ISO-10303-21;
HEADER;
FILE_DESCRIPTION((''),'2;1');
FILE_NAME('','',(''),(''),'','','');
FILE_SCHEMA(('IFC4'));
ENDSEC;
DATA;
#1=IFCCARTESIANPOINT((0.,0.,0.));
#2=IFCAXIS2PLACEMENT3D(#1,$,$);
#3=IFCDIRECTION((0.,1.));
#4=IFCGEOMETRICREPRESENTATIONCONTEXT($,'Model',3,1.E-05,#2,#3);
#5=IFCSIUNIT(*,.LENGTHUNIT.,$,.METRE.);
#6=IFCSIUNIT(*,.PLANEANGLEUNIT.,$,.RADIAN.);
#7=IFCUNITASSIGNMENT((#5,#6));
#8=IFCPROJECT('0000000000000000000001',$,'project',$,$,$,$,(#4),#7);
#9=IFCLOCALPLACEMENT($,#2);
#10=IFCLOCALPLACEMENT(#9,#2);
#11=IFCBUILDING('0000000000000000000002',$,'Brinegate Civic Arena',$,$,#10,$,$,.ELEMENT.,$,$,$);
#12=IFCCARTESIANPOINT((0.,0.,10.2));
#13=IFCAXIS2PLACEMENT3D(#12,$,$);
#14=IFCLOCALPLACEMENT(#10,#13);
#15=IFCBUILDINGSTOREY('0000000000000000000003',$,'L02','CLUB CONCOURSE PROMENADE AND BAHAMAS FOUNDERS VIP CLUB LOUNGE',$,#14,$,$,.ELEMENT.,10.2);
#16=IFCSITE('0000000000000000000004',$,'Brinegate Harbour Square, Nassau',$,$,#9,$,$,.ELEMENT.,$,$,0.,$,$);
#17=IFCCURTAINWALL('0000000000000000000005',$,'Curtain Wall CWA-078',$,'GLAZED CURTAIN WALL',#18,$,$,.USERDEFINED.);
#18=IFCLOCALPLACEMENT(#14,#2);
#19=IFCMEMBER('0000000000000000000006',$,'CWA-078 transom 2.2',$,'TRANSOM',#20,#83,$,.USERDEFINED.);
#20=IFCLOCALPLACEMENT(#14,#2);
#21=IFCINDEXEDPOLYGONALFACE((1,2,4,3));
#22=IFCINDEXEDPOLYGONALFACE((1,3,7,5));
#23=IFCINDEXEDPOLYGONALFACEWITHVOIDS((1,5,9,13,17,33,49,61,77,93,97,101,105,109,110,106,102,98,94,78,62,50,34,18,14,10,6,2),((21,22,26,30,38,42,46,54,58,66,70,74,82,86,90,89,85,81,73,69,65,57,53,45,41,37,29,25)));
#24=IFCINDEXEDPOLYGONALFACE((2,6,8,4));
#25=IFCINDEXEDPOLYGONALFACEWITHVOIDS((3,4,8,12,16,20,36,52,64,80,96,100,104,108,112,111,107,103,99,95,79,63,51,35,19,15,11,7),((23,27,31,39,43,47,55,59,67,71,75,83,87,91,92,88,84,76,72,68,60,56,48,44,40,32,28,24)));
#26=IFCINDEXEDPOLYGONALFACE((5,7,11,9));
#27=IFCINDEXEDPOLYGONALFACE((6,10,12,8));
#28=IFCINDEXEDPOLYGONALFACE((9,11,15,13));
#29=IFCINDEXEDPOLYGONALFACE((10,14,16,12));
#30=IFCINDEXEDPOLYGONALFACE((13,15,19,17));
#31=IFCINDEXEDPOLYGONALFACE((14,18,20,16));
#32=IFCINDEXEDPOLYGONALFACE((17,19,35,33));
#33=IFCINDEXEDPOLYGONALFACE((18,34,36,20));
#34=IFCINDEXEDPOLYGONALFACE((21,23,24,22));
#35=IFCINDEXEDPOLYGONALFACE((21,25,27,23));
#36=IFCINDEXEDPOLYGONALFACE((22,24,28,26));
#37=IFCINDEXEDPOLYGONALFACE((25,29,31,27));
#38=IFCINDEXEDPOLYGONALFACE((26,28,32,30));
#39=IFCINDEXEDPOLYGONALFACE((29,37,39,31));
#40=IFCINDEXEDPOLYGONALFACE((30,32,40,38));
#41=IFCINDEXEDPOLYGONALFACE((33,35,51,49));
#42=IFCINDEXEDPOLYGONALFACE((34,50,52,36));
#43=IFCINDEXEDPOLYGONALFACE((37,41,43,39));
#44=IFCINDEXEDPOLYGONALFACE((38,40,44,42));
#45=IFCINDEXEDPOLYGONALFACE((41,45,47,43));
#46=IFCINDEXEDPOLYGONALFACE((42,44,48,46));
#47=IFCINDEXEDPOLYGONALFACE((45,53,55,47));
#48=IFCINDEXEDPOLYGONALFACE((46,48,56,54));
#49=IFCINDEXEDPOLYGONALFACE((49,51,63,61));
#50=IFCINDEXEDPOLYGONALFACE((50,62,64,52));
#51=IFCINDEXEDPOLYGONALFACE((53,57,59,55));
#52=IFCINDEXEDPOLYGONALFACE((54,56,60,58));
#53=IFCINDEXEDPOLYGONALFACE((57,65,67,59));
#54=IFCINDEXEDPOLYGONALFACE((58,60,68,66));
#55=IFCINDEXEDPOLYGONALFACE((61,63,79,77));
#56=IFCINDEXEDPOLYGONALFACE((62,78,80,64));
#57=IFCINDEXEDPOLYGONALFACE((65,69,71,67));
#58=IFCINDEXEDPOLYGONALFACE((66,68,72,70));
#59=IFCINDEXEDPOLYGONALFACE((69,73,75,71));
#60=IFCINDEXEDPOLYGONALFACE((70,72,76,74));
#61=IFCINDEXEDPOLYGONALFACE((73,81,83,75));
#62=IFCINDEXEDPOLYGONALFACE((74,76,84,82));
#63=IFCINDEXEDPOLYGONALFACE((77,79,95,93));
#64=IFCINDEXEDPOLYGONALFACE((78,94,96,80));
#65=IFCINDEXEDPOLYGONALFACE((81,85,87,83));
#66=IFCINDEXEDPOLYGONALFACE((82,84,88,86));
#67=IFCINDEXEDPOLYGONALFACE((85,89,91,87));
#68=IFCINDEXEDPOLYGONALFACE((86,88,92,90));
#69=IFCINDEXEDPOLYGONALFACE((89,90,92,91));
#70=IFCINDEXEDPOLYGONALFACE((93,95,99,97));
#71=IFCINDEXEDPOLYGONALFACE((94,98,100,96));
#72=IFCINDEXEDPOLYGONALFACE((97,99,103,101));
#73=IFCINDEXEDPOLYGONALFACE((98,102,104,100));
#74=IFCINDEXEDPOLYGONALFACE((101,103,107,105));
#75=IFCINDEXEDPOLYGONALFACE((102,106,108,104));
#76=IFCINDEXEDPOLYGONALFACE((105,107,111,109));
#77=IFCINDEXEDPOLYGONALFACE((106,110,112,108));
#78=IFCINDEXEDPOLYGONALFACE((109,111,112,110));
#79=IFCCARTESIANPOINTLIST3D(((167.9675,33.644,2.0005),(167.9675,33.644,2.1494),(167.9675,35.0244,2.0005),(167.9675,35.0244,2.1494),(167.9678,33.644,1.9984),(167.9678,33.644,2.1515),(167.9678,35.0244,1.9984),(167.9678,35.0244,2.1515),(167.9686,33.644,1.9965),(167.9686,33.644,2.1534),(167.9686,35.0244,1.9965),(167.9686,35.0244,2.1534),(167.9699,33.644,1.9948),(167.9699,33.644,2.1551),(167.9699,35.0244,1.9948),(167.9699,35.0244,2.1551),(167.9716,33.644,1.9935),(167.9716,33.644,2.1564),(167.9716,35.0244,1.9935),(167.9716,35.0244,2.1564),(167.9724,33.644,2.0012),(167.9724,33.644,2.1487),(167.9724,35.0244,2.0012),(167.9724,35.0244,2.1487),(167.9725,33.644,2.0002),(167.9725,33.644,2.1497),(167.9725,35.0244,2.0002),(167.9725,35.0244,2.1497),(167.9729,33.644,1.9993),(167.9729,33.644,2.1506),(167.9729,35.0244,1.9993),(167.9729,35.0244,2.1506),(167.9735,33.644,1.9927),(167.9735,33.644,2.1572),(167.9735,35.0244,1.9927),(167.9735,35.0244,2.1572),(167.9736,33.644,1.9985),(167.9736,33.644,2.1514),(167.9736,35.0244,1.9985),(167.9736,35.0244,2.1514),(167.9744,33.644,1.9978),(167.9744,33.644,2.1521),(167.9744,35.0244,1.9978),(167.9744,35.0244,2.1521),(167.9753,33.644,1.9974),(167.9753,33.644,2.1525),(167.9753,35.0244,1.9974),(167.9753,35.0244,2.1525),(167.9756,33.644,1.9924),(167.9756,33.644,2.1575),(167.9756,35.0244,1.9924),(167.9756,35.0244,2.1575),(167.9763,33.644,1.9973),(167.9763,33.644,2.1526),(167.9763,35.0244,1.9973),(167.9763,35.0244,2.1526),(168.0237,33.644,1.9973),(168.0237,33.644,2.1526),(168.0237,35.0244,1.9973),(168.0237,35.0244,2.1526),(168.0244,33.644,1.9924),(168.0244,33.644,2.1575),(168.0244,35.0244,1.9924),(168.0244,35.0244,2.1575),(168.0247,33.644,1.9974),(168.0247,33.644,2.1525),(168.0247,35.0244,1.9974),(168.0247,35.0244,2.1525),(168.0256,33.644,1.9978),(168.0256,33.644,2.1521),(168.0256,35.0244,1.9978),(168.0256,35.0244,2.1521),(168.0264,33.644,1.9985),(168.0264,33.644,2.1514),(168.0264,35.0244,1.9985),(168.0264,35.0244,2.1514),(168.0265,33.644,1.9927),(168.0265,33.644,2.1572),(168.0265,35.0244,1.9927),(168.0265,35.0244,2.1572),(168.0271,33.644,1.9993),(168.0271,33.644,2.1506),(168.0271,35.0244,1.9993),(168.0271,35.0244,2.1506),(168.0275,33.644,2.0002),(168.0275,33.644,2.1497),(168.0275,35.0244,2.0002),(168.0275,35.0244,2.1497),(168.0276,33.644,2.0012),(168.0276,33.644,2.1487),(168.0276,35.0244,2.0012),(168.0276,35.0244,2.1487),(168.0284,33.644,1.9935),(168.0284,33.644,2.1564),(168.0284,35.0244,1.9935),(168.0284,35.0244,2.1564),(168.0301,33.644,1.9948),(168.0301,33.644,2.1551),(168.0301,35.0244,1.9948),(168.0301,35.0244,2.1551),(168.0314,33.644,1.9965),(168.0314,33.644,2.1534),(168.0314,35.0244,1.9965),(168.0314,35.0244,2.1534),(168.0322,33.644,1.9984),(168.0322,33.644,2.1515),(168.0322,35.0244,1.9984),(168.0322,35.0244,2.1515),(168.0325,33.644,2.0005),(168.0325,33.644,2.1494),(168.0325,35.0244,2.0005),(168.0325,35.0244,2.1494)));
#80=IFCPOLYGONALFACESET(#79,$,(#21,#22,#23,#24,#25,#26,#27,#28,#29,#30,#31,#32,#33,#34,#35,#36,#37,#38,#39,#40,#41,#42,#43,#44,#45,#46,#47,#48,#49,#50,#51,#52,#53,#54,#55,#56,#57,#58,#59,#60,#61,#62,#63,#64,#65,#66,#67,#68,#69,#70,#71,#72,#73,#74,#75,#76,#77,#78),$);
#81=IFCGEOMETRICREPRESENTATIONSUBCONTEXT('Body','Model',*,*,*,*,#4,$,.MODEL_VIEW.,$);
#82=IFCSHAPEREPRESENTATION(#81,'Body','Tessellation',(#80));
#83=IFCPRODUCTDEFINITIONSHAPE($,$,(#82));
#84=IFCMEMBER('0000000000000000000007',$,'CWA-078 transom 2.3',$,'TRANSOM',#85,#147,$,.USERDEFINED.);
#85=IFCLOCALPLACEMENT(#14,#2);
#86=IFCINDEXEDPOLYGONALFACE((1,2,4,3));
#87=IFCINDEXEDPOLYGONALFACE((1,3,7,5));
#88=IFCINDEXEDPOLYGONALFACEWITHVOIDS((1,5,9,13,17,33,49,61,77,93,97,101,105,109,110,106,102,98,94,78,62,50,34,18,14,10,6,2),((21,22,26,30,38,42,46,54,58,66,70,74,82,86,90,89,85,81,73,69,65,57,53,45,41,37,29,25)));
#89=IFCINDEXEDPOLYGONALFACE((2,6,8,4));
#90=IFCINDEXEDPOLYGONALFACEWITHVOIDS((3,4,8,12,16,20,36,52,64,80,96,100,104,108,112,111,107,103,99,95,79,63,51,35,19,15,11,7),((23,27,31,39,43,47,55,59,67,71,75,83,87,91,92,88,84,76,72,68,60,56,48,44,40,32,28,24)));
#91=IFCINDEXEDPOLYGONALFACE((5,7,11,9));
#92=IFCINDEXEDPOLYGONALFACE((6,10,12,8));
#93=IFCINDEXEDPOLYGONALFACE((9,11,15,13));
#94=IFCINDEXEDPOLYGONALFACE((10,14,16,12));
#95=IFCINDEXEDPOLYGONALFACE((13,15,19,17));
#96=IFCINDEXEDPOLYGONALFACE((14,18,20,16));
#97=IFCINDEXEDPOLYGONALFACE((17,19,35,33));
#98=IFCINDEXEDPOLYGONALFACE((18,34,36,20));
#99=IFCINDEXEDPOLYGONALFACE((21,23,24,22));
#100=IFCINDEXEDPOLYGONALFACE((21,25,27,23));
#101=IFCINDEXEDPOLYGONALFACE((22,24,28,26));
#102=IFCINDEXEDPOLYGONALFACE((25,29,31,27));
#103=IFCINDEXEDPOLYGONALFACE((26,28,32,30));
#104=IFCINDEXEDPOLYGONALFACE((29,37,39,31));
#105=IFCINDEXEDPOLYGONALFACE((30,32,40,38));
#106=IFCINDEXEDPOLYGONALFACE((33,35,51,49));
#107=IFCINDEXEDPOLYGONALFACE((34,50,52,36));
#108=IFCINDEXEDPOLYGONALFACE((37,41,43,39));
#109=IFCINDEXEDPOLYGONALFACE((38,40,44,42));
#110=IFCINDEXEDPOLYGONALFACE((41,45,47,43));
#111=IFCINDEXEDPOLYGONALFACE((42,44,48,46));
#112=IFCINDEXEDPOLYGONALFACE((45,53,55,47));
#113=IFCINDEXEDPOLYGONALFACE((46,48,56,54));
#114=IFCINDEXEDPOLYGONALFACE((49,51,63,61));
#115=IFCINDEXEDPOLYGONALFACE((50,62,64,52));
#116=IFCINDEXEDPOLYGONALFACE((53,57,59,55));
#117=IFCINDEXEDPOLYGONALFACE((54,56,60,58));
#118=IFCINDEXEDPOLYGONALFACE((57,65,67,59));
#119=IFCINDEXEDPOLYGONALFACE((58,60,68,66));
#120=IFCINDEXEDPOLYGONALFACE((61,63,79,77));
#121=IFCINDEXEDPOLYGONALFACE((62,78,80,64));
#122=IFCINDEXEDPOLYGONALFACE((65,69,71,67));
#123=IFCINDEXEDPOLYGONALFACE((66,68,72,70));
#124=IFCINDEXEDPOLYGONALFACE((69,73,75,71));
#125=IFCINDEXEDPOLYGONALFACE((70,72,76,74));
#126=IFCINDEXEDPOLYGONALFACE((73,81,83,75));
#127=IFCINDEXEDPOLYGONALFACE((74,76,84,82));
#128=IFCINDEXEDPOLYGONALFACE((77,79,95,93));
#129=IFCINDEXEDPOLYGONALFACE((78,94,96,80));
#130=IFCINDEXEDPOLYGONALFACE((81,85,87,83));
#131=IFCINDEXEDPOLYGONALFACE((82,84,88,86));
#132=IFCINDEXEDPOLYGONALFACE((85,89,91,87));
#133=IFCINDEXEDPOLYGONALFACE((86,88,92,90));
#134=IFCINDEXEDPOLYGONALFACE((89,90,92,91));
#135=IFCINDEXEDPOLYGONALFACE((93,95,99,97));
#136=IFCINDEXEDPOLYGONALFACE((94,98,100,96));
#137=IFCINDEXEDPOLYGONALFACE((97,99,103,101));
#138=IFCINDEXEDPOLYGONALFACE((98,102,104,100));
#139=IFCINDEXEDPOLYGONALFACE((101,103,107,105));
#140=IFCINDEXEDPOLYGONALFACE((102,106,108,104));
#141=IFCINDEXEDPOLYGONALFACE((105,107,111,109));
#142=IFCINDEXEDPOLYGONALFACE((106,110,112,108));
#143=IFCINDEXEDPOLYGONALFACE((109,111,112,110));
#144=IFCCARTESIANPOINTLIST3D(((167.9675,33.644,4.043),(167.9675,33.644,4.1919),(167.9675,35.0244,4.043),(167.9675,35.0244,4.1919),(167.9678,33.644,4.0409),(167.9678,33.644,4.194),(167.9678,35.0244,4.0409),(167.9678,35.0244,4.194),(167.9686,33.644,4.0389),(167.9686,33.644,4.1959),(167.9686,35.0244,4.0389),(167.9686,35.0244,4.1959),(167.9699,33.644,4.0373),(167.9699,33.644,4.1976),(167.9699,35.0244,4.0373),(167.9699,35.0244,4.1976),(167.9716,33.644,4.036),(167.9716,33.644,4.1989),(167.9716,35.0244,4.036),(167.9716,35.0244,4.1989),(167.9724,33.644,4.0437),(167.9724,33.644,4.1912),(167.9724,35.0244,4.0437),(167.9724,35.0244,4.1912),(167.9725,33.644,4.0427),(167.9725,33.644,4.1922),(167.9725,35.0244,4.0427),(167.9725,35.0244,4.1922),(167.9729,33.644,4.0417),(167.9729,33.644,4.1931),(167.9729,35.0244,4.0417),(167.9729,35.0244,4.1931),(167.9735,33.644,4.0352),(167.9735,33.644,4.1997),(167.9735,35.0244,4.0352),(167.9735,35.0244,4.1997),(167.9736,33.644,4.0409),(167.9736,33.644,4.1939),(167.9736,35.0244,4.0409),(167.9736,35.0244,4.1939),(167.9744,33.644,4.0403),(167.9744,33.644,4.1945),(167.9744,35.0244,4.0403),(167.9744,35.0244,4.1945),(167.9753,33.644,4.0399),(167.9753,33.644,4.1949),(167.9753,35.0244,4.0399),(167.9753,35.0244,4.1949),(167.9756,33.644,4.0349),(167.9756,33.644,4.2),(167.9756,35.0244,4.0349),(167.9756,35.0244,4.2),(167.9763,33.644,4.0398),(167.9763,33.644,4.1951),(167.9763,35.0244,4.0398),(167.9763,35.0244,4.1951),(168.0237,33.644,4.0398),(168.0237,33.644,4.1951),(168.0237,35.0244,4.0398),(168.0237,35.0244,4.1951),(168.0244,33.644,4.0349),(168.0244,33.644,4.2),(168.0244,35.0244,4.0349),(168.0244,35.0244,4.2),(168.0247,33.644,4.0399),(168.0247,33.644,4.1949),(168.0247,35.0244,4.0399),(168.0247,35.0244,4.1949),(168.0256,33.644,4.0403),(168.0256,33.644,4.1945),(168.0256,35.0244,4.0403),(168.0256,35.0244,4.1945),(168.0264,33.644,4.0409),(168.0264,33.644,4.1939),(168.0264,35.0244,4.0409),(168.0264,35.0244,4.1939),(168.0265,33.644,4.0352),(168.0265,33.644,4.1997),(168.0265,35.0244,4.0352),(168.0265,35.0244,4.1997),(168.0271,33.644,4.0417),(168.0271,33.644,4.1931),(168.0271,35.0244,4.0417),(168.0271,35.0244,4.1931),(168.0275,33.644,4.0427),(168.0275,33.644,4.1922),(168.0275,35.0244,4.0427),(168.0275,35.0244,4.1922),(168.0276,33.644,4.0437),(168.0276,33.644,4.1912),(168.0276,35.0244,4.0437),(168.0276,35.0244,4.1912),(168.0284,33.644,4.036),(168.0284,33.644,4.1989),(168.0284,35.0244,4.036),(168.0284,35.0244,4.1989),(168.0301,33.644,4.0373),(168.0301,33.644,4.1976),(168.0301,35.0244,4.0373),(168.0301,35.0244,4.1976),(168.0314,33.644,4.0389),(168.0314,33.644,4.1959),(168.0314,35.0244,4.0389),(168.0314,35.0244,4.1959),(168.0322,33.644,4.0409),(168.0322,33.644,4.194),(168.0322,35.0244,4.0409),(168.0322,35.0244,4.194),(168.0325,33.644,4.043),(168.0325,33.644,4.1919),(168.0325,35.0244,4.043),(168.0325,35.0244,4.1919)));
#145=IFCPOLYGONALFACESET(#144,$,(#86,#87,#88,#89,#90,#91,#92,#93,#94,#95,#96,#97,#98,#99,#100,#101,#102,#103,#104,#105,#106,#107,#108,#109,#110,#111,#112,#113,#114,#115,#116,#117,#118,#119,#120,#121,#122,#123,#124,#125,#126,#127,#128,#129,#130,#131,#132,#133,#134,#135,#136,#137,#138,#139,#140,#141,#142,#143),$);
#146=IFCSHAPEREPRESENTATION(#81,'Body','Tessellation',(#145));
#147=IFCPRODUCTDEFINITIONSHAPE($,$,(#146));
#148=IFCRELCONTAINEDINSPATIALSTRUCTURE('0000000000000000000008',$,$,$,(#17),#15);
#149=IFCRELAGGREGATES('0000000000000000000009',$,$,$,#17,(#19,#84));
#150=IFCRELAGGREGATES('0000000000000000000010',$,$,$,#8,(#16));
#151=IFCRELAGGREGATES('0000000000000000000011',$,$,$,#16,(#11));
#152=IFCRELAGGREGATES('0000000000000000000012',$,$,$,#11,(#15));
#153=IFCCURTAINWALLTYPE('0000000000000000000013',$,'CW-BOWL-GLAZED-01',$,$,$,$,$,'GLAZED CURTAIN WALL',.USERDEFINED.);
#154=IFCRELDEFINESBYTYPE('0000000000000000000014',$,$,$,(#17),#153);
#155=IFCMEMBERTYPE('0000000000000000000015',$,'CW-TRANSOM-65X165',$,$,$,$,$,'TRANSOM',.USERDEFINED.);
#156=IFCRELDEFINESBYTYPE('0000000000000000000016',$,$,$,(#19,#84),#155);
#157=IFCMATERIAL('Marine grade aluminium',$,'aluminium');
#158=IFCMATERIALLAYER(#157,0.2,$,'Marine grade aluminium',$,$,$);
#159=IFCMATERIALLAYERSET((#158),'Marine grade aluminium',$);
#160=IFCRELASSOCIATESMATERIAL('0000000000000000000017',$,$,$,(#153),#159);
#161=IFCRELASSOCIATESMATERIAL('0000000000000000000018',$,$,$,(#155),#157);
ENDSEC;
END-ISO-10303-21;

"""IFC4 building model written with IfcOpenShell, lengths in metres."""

from ifc_helpers import new_model, si_unit, direction, frame, origin, origin_2d, place, context, subcontext, project, spatial, hollow_rectangle, extrude, material, layer, layer_set, material_profile, profile_set, type_object, element, aggregate, save


model = new_model("IFC4")

# Units and contexts
model_context = context("Model", 3, precision=1e-05, world=origin(), true_north=direction((0.0, 1.0)))
body_context = subcontext(model_context, "Body", "Model", "MODEL_VIEW")
ifc_project = project(units=[si_unit("LENGTHUNIT", "METRE"), si_unit("PLANEANGLEUNIT", "RADIAN")], contexts=[model_context])

# Site, building, storey
site_placement = place(None, origin())
site = spatial("IfcSite", under=ifc_project, at=site_placement, Name="Brinegate Harbour Square, Nassau", CompositionType="ELEMENT", RefElevation=0.0)
building_placement = place(site_placement, origin())
building = spatial("IfcBuilding", under=site, at=building_placement, Name="Brinegate Civic Arena", CompositionType="ELEMENT")
storey_placement = place(building_placement, frame((0.0, 0.0, 10.2)))
storey = spatial("IfcBuildingStorey", under=building, at=storey_placement, Name="L02", Description="CLUB CONCOURSE PROMENADE AND BAHAMAS FOUNDERS VIP CLUB LOUNGE", CompositionType="ELEMENT", Elevation=10.2)

# Curtain wall
ifc_material_1 = material(Name="Marine grade aluminium", Category="aluminium")
ifc_layer_1 = layer(ifc_material_1, 0.2, Name="Marine grade aluminium")
ifc_layer_set_1 = layer_set([ifc_layer_1], Name="Marine grade aluminium")
curtain_wall_type = type_object("IfcCurtainWallType", Name="CW-BOWL-GLAZED-01", ElementType="GLAZED CURTAIN WALL", PredefinedType="USERDEFINED", material=ifc_layer_set_1)
curtain_wall_1_placement = place(storey_placement, origin())
curtain_wall_1 = element("IfcCurtainWall", 1, at=curtain_wall_1_placement, inside=storey, type_object=curtain_wall_type, Name="Curtain Wall CWA-078", ObjectType="GLAZED CURTAIN WALL", PredefinedType="USERDEFINED")

# Members
ifc_material_profile_1 = material_profile(ifc_material_1, hollow_rectangle(XDim=0.0649, YDim=0.165, WallThickness=0.0049, InnerFilletRadius=0.0039, OuterFilletRadius=0.0081, at=origin_2d()), Name="TRN65X165")
ifc_profile_set_1 = profile_set([ifc_material_profile_1], Name="Marine grade aluminium")
member_type_1 = type_object("IfcMemberType", Name="CW-TRANSOM-65X165", ElementType="TRANSOM", PredefinedType="USERDEFINED", material=ifc_profile_set_1)
member_1_placement = place(storey_placement, frame((168.0, 33.644, 2.075), z_axis=(0.0, 1.0, 0.0), x_axis=(-1.0, 0.0, 0.0)))
member_1 = element("IfcMember", 2, at=member_1_placement, type_object=member_type_1, Name="CWA-078 transom 2.2", ObjectType="TRANSOM", PredefinedType="USERDEFINED", context=body_context, shape_type="SweptSolid", body=[
    extrude(hollow_rectangle(XDim=0.0649, YDim=0.165, WallThickness=0.0049, InnerFilletRadius=0.0039, OuterFilletRadius=0.0081, at=origin_2d()), origin(), (0.0, 0.0, 1.0), 1.3804),
])
member_2_placement = place(storey_placement, frame((168.0, 33.644, 4.1174), z_axis=(0.0, 1.0, 0.0), x_axis=(-1.0, 0.0, 0.0)))
member_2 = element("IfcMember", 3, at=member_2_placement, type_object=member_type_1, Name="CWA-078 transom 2.3", ObjectType="TRANSOM", PredefinedType="USERDEFINED", context=body_context, shape_type="SweptSolid", body=[
    extrude(hollow_rectangle(XDim=0.0649, YDim=0.165, WallThickness=0.0049, InnerFilletRadius=0.0039, OuterFilletRadius=0.0081, at=origin_2d()), origin(), (0.0, 0.0, 1.0), 1.3804),
])

aggregate(curtain_wall_1, [member_1, member_2])

save(model, "model.ifc")
